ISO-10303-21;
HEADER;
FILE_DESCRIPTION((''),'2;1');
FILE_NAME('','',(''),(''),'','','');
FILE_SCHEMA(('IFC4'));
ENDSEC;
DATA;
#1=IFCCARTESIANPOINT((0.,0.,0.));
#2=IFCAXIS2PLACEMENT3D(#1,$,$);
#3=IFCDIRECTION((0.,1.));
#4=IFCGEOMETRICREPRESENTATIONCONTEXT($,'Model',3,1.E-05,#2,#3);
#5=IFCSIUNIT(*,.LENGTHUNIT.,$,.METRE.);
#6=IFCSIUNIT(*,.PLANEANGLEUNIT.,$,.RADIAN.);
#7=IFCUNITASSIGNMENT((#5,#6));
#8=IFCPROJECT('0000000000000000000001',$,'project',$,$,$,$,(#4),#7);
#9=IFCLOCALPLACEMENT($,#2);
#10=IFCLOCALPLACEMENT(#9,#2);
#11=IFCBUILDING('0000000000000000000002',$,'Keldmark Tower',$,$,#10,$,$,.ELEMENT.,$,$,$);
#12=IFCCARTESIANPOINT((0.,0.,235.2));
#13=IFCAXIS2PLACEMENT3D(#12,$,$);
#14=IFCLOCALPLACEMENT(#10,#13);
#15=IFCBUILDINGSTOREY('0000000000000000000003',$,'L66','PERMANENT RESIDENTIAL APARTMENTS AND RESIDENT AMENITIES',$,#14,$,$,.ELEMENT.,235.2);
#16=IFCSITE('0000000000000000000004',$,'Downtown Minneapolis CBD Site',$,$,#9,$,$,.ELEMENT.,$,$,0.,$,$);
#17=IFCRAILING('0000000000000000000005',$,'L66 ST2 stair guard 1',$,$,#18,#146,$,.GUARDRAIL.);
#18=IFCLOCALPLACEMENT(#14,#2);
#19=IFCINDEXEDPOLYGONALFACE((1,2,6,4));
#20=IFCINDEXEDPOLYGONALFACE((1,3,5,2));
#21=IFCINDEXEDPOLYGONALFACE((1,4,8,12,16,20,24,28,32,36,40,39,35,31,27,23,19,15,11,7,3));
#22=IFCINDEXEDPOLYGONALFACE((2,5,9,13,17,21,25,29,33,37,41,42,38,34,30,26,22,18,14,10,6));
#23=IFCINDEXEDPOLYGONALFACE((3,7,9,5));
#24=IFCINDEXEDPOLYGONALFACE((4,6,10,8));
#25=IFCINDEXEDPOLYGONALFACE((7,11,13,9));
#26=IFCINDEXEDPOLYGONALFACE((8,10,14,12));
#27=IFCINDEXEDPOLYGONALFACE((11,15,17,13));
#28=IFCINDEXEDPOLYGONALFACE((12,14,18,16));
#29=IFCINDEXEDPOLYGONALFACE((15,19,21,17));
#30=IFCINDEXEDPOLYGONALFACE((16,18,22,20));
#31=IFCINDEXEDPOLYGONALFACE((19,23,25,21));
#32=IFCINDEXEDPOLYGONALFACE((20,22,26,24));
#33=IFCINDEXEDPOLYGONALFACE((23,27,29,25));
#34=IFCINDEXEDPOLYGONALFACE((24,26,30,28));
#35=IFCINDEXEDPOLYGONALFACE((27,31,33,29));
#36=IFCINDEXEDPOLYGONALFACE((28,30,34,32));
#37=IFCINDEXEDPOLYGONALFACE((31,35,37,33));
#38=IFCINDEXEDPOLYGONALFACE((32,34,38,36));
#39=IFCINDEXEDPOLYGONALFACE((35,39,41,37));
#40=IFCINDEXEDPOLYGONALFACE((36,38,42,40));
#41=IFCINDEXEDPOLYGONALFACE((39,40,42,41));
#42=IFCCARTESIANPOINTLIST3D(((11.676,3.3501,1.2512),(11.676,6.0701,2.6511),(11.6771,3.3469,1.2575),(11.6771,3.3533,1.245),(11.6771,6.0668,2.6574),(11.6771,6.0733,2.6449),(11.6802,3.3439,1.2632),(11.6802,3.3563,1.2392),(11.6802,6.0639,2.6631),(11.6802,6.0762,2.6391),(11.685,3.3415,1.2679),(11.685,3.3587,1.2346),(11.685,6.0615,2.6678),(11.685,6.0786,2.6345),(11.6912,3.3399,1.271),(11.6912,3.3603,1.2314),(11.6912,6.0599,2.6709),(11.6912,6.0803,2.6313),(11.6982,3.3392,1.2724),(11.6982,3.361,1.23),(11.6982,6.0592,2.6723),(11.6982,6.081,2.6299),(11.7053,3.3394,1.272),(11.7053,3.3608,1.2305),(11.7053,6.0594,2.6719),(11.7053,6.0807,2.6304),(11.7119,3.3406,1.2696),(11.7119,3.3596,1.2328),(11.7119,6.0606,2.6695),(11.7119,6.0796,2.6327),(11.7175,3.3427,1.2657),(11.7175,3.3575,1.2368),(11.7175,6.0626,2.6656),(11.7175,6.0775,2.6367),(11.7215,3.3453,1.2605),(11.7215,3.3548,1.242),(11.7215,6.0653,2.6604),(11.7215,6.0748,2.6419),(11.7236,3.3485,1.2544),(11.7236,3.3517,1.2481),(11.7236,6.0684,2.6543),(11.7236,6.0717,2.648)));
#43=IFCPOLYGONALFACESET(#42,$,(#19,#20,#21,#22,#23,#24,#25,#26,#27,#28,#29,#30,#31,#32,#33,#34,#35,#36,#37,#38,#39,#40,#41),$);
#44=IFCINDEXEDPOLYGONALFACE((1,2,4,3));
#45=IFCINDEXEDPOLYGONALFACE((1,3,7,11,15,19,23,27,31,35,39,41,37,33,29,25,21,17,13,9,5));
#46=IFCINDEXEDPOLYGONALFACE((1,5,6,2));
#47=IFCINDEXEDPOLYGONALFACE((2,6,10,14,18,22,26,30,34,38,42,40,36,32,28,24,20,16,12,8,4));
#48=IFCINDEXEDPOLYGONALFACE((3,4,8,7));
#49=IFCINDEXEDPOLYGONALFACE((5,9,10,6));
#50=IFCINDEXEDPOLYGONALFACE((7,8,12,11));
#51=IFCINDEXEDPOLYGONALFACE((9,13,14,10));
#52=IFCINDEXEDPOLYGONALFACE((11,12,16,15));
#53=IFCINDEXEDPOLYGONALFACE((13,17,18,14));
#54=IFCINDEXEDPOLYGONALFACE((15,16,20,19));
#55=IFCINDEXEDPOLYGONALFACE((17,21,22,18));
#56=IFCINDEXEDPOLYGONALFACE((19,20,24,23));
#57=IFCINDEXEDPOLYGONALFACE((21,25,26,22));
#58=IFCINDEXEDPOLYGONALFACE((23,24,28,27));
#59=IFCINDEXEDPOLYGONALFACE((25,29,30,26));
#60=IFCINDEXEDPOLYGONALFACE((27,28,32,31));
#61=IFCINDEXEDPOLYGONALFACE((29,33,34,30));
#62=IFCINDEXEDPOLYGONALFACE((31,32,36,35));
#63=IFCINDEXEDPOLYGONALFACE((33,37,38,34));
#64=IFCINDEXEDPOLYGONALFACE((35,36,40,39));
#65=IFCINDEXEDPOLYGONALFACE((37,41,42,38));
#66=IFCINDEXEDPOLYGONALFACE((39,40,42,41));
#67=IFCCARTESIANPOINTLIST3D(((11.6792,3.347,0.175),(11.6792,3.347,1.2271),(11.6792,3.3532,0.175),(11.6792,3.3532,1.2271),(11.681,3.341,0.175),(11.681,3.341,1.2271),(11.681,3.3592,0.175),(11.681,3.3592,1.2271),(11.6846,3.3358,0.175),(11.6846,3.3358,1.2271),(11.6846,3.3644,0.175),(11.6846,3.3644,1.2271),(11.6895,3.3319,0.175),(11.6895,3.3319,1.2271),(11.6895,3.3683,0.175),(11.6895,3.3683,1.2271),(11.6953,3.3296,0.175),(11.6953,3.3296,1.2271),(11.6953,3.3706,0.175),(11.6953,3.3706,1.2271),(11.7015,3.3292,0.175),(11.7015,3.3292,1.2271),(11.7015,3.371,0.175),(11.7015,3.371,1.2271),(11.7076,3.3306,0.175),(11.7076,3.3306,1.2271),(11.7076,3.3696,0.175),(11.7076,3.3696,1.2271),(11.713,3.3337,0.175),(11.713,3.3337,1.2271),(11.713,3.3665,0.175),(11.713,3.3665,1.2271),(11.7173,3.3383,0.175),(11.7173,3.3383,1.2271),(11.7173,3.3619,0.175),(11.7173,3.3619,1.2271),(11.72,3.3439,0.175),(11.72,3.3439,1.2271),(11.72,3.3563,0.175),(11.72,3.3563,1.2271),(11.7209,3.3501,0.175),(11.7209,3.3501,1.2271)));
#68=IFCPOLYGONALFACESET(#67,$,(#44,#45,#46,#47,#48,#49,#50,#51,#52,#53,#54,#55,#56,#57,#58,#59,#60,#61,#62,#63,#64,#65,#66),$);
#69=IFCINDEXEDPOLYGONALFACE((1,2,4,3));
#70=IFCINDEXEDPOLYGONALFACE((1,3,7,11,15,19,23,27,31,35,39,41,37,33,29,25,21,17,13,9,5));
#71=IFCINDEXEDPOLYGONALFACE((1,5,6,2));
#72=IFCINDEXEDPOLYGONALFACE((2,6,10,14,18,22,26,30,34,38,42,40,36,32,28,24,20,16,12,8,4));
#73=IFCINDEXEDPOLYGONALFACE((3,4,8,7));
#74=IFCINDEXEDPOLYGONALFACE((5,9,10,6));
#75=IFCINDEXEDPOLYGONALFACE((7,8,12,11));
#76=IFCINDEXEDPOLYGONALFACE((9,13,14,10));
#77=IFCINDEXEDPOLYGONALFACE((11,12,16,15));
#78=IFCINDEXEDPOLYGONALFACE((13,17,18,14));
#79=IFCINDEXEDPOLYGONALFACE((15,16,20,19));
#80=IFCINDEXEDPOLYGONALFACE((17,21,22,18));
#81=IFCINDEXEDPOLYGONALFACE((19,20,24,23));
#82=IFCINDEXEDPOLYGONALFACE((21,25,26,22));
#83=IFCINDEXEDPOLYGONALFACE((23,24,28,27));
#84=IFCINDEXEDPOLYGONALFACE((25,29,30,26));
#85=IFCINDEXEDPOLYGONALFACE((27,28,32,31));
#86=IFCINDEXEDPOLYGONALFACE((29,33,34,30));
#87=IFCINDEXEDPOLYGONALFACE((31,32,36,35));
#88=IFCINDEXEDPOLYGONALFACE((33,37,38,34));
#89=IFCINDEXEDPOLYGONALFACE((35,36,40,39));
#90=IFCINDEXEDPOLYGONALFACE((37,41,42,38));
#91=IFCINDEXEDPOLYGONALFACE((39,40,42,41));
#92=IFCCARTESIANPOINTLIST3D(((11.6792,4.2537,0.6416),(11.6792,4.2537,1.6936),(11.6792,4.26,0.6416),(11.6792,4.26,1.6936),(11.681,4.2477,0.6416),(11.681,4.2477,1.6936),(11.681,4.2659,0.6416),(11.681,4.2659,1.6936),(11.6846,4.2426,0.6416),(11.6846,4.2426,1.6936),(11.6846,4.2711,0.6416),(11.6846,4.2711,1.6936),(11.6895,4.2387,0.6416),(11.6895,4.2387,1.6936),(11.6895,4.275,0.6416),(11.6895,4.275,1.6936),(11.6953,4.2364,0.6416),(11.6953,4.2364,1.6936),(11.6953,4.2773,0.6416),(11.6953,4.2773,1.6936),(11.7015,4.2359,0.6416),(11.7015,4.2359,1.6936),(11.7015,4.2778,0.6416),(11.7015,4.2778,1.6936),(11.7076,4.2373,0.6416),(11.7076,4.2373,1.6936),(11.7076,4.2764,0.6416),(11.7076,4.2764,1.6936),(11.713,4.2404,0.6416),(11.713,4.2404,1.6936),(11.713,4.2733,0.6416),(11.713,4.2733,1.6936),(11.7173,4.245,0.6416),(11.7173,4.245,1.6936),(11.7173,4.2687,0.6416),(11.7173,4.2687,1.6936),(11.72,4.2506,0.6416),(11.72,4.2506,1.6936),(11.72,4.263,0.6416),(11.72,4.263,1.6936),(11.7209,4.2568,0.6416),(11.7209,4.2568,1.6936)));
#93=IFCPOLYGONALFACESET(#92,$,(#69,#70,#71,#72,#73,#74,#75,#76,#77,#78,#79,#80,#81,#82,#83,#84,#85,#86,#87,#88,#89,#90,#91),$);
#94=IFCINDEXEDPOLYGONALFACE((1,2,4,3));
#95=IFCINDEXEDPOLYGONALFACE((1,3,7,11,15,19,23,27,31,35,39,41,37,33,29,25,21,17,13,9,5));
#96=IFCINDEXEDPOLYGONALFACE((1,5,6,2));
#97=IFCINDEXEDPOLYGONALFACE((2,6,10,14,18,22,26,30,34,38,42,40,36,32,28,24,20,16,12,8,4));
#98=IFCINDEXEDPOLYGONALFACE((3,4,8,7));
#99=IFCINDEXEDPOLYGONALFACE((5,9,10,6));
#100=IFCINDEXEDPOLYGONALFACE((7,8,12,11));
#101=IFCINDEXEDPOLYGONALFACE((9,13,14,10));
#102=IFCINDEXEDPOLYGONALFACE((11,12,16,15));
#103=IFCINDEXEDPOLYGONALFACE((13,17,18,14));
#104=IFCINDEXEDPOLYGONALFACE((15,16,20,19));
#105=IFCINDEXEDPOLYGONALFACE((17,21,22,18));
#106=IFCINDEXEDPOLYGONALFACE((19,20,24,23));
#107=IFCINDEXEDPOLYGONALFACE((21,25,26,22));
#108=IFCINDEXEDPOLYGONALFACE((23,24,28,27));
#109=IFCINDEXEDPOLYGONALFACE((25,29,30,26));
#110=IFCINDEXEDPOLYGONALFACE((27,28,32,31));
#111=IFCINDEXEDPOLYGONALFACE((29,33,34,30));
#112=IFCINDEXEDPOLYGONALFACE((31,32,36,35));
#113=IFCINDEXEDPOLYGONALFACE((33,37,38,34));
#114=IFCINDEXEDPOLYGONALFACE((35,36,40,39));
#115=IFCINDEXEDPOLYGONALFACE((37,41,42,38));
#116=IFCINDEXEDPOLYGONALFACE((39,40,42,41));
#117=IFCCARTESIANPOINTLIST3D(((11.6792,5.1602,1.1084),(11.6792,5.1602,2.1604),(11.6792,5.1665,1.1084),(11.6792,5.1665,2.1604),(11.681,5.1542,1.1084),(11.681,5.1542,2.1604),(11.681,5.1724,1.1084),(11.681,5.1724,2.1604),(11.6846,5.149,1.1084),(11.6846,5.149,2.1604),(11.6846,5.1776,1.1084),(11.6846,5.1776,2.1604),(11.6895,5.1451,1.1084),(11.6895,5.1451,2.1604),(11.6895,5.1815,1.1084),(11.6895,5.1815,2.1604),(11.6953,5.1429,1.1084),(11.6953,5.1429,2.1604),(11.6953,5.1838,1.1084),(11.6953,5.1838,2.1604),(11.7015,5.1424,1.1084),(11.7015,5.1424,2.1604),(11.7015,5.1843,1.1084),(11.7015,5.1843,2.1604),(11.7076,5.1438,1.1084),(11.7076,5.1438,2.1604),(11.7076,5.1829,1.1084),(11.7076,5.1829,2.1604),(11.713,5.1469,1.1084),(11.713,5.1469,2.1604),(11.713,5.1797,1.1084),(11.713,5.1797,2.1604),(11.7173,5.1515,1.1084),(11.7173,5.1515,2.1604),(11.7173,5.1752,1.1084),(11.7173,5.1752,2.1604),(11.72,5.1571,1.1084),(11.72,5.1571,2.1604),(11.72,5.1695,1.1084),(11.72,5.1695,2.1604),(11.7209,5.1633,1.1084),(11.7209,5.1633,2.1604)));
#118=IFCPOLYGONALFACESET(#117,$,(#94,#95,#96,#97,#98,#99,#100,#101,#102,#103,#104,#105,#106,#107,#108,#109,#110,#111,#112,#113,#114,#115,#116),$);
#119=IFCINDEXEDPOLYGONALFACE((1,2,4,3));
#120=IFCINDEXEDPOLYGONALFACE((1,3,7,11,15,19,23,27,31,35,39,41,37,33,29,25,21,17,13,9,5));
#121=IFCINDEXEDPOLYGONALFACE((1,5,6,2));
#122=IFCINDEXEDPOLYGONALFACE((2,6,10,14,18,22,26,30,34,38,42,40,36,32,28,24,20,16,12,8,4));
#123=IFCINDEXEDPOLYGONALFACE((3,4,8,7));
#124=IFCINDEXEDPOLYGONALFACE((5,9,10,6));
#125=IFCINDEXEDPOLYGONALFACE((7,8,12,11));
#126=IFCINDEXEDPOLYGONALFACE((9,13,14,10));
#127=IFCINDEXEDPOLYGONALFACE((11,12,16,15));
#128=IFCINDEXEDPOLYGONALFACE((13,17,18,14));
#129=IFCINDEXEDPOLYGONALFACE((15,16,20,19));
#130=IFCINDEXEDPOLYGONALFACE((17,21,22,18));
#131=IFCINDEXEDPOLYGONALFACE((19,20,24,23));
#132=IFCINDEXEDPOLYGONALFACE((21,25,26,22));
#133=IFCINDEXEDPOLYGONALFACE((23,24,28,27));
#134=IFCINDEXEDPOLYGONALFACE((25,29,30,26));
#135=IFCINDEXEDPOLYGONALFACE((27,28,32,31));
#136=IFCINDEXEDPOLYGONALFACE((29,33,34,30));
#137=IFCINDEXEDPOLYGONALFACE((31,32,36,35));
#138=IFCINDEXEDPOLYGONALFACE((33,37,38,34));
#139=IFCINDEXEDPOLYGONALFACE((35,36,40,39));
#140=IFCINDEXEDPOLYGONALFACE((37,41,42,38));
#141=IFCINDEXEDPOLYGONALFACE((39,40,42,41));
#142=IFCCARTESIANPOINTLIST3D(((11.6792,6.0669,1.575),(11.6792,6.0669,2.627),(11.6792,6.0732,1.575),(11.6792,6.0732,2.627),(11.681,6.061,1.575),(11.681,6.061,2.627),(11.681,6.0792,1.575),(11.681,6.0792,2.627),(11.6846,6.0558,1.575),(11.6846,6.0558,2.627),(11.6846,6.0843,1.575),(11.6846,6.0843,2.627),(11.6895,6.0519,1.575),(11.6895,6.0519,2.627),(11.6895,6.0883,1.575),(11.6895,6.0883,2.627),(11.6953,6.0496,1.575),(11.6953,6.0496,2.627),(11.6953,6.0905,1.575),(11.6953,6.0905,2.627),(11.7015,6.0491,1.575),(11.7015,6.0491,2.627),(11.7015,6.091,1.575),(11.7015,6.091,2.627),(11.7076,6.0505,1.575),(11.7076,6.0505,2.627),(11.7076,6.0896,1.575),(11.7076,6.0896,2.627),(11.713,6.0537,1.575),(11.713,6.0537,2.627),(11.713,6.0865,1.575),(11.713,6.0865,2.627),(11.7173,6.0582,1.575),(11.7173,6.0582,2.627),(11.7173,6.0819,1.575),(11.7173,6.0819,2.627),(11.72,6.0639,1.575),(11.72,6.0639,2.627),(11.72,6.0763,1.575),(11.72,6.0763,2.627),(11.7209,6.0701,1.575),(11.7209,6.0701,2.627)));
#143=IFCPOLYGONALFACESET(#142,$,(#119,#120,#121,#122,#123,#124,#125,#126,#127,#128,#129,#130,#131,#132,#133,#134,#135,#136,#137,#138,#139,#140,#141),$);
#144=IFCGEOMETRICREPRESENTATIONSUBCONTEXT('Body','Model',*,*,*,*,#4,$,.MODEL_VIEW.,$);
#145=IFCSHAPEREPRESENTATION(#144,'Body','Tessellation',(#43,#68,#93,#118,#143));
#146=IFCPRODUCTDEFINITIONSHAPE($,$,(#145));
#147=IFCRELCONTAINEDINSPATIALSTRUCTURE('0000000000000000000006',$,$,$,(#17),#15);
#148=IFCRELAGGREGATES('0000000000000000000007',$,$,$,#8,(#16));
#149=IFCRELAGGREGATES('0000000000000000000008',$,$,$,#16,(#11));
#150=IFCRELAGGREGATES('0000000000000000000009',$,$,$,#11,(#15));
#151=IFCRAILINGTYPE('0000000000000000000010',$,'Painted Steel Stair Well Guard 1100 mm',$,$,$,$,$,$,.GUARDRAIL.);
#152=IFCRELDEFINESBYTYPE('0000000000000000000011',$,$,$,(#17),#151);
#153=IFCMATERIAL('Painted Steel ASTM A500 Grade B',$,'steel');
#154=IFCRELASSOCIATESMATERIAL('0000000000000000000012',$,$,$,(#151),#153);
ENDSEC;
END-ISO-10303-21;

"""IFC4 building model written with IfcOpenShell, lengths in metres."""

from ifc_helpers import new_model, si_unit, direction, frame, origin, origin_2d, place, context, subcontext, project, spatial, circle, extrude, material, type_object, element, save


model = new_model("IFC4")

# Units and contexts
model_context = context("Model", 3, precision=1e-05, world=origin(), true_north=direction((0.0, 1.0)))
body_context = subcontext(model_context, "Body", "Model", "MODEL_VIEW")
ifc_project = project(units=[si_unit("LENGTHUNIT", "METRE"), si_unit("PLANEANGLEUNIT", "RADIAN")], contexts=[model_context])

# Site, building, storey
site_placement = place(None, origin())
site = spatial("IfcSite", under=ifc_project, at=site_placement, Name="Downtown Minneapolis CBD Site", CompositionType="ELEMENT", RefElevation=0.0)
building_placement = place(site_placement, origin())
building = spatial("IfcBuilding", under=site, at=building_placement, Name="Keldmark Tower", CompositionType="ELEMENT")
storey_placement = place(building_placement, frame((0.0, 0.0, 235.2)))
storey = spatial("IfcBuildingStorey", under=building, at=storey_placement, Name="L66", Description="PERMANENT RESIDENTIAL APARTMENTS AND RESIDENT AMENITIES", CompositionType="ELEMENT", Elevation=235.2)

# Railing
ifc_material_1 = material(Name="Painted Steel ASTM A500 Grade B", Category="steel")
railing_type_1 = type_object("IfcRailingType", Name="Painted Steel Stair Well Guard 1100 mm", PredefinedType="GUARDRAIL", material=ifc_material_1)
railing_1_placement = place(storey_placement, frame((11.7, 3.3501, 0.175)))
element("IfcRailing", 1, at=railing_1_placement, inside=storey, type_object=railing_type_1, Name="L66 ST2 stair guard 1", PredefinedType="GUARDRAIL", context=body_context, shape_type="SweptSolid", body=[
    extrude(circle(Radius=0.0239, at=origin_2d()), frame((0.0, 0.0, 1.0762), z_axis=(0.0, 0.889147, 0.457622), x_axis=(-1.0, 0.0, 0.0)), (0.0, 0.0, 1.0), 3.0591),
    extrude(circle(Radius=0.021, at=origin_2d()), origin(), (0.0, 0.0, 1.0), 1.052),
    extrude(circle(Radius=0.021, at=origin_2d()), frame((0.0, 0.9067, 0.4666)), (0.0, 0.0, 1.0), 1.052),
    extrude(circle(Radius=0.021, at=origin_2d()), frame((0.0, 1.8132, 0.9333)), (0.0, 0.0, 1.0), 1.052),
    extrude(circle(Radius=0.021, at=origin_2d()), frame((0.0, 2.72, 1.3999)), (0.0, 0.0, 1.0), 1.052),
])

save(model, "model.ifc")
